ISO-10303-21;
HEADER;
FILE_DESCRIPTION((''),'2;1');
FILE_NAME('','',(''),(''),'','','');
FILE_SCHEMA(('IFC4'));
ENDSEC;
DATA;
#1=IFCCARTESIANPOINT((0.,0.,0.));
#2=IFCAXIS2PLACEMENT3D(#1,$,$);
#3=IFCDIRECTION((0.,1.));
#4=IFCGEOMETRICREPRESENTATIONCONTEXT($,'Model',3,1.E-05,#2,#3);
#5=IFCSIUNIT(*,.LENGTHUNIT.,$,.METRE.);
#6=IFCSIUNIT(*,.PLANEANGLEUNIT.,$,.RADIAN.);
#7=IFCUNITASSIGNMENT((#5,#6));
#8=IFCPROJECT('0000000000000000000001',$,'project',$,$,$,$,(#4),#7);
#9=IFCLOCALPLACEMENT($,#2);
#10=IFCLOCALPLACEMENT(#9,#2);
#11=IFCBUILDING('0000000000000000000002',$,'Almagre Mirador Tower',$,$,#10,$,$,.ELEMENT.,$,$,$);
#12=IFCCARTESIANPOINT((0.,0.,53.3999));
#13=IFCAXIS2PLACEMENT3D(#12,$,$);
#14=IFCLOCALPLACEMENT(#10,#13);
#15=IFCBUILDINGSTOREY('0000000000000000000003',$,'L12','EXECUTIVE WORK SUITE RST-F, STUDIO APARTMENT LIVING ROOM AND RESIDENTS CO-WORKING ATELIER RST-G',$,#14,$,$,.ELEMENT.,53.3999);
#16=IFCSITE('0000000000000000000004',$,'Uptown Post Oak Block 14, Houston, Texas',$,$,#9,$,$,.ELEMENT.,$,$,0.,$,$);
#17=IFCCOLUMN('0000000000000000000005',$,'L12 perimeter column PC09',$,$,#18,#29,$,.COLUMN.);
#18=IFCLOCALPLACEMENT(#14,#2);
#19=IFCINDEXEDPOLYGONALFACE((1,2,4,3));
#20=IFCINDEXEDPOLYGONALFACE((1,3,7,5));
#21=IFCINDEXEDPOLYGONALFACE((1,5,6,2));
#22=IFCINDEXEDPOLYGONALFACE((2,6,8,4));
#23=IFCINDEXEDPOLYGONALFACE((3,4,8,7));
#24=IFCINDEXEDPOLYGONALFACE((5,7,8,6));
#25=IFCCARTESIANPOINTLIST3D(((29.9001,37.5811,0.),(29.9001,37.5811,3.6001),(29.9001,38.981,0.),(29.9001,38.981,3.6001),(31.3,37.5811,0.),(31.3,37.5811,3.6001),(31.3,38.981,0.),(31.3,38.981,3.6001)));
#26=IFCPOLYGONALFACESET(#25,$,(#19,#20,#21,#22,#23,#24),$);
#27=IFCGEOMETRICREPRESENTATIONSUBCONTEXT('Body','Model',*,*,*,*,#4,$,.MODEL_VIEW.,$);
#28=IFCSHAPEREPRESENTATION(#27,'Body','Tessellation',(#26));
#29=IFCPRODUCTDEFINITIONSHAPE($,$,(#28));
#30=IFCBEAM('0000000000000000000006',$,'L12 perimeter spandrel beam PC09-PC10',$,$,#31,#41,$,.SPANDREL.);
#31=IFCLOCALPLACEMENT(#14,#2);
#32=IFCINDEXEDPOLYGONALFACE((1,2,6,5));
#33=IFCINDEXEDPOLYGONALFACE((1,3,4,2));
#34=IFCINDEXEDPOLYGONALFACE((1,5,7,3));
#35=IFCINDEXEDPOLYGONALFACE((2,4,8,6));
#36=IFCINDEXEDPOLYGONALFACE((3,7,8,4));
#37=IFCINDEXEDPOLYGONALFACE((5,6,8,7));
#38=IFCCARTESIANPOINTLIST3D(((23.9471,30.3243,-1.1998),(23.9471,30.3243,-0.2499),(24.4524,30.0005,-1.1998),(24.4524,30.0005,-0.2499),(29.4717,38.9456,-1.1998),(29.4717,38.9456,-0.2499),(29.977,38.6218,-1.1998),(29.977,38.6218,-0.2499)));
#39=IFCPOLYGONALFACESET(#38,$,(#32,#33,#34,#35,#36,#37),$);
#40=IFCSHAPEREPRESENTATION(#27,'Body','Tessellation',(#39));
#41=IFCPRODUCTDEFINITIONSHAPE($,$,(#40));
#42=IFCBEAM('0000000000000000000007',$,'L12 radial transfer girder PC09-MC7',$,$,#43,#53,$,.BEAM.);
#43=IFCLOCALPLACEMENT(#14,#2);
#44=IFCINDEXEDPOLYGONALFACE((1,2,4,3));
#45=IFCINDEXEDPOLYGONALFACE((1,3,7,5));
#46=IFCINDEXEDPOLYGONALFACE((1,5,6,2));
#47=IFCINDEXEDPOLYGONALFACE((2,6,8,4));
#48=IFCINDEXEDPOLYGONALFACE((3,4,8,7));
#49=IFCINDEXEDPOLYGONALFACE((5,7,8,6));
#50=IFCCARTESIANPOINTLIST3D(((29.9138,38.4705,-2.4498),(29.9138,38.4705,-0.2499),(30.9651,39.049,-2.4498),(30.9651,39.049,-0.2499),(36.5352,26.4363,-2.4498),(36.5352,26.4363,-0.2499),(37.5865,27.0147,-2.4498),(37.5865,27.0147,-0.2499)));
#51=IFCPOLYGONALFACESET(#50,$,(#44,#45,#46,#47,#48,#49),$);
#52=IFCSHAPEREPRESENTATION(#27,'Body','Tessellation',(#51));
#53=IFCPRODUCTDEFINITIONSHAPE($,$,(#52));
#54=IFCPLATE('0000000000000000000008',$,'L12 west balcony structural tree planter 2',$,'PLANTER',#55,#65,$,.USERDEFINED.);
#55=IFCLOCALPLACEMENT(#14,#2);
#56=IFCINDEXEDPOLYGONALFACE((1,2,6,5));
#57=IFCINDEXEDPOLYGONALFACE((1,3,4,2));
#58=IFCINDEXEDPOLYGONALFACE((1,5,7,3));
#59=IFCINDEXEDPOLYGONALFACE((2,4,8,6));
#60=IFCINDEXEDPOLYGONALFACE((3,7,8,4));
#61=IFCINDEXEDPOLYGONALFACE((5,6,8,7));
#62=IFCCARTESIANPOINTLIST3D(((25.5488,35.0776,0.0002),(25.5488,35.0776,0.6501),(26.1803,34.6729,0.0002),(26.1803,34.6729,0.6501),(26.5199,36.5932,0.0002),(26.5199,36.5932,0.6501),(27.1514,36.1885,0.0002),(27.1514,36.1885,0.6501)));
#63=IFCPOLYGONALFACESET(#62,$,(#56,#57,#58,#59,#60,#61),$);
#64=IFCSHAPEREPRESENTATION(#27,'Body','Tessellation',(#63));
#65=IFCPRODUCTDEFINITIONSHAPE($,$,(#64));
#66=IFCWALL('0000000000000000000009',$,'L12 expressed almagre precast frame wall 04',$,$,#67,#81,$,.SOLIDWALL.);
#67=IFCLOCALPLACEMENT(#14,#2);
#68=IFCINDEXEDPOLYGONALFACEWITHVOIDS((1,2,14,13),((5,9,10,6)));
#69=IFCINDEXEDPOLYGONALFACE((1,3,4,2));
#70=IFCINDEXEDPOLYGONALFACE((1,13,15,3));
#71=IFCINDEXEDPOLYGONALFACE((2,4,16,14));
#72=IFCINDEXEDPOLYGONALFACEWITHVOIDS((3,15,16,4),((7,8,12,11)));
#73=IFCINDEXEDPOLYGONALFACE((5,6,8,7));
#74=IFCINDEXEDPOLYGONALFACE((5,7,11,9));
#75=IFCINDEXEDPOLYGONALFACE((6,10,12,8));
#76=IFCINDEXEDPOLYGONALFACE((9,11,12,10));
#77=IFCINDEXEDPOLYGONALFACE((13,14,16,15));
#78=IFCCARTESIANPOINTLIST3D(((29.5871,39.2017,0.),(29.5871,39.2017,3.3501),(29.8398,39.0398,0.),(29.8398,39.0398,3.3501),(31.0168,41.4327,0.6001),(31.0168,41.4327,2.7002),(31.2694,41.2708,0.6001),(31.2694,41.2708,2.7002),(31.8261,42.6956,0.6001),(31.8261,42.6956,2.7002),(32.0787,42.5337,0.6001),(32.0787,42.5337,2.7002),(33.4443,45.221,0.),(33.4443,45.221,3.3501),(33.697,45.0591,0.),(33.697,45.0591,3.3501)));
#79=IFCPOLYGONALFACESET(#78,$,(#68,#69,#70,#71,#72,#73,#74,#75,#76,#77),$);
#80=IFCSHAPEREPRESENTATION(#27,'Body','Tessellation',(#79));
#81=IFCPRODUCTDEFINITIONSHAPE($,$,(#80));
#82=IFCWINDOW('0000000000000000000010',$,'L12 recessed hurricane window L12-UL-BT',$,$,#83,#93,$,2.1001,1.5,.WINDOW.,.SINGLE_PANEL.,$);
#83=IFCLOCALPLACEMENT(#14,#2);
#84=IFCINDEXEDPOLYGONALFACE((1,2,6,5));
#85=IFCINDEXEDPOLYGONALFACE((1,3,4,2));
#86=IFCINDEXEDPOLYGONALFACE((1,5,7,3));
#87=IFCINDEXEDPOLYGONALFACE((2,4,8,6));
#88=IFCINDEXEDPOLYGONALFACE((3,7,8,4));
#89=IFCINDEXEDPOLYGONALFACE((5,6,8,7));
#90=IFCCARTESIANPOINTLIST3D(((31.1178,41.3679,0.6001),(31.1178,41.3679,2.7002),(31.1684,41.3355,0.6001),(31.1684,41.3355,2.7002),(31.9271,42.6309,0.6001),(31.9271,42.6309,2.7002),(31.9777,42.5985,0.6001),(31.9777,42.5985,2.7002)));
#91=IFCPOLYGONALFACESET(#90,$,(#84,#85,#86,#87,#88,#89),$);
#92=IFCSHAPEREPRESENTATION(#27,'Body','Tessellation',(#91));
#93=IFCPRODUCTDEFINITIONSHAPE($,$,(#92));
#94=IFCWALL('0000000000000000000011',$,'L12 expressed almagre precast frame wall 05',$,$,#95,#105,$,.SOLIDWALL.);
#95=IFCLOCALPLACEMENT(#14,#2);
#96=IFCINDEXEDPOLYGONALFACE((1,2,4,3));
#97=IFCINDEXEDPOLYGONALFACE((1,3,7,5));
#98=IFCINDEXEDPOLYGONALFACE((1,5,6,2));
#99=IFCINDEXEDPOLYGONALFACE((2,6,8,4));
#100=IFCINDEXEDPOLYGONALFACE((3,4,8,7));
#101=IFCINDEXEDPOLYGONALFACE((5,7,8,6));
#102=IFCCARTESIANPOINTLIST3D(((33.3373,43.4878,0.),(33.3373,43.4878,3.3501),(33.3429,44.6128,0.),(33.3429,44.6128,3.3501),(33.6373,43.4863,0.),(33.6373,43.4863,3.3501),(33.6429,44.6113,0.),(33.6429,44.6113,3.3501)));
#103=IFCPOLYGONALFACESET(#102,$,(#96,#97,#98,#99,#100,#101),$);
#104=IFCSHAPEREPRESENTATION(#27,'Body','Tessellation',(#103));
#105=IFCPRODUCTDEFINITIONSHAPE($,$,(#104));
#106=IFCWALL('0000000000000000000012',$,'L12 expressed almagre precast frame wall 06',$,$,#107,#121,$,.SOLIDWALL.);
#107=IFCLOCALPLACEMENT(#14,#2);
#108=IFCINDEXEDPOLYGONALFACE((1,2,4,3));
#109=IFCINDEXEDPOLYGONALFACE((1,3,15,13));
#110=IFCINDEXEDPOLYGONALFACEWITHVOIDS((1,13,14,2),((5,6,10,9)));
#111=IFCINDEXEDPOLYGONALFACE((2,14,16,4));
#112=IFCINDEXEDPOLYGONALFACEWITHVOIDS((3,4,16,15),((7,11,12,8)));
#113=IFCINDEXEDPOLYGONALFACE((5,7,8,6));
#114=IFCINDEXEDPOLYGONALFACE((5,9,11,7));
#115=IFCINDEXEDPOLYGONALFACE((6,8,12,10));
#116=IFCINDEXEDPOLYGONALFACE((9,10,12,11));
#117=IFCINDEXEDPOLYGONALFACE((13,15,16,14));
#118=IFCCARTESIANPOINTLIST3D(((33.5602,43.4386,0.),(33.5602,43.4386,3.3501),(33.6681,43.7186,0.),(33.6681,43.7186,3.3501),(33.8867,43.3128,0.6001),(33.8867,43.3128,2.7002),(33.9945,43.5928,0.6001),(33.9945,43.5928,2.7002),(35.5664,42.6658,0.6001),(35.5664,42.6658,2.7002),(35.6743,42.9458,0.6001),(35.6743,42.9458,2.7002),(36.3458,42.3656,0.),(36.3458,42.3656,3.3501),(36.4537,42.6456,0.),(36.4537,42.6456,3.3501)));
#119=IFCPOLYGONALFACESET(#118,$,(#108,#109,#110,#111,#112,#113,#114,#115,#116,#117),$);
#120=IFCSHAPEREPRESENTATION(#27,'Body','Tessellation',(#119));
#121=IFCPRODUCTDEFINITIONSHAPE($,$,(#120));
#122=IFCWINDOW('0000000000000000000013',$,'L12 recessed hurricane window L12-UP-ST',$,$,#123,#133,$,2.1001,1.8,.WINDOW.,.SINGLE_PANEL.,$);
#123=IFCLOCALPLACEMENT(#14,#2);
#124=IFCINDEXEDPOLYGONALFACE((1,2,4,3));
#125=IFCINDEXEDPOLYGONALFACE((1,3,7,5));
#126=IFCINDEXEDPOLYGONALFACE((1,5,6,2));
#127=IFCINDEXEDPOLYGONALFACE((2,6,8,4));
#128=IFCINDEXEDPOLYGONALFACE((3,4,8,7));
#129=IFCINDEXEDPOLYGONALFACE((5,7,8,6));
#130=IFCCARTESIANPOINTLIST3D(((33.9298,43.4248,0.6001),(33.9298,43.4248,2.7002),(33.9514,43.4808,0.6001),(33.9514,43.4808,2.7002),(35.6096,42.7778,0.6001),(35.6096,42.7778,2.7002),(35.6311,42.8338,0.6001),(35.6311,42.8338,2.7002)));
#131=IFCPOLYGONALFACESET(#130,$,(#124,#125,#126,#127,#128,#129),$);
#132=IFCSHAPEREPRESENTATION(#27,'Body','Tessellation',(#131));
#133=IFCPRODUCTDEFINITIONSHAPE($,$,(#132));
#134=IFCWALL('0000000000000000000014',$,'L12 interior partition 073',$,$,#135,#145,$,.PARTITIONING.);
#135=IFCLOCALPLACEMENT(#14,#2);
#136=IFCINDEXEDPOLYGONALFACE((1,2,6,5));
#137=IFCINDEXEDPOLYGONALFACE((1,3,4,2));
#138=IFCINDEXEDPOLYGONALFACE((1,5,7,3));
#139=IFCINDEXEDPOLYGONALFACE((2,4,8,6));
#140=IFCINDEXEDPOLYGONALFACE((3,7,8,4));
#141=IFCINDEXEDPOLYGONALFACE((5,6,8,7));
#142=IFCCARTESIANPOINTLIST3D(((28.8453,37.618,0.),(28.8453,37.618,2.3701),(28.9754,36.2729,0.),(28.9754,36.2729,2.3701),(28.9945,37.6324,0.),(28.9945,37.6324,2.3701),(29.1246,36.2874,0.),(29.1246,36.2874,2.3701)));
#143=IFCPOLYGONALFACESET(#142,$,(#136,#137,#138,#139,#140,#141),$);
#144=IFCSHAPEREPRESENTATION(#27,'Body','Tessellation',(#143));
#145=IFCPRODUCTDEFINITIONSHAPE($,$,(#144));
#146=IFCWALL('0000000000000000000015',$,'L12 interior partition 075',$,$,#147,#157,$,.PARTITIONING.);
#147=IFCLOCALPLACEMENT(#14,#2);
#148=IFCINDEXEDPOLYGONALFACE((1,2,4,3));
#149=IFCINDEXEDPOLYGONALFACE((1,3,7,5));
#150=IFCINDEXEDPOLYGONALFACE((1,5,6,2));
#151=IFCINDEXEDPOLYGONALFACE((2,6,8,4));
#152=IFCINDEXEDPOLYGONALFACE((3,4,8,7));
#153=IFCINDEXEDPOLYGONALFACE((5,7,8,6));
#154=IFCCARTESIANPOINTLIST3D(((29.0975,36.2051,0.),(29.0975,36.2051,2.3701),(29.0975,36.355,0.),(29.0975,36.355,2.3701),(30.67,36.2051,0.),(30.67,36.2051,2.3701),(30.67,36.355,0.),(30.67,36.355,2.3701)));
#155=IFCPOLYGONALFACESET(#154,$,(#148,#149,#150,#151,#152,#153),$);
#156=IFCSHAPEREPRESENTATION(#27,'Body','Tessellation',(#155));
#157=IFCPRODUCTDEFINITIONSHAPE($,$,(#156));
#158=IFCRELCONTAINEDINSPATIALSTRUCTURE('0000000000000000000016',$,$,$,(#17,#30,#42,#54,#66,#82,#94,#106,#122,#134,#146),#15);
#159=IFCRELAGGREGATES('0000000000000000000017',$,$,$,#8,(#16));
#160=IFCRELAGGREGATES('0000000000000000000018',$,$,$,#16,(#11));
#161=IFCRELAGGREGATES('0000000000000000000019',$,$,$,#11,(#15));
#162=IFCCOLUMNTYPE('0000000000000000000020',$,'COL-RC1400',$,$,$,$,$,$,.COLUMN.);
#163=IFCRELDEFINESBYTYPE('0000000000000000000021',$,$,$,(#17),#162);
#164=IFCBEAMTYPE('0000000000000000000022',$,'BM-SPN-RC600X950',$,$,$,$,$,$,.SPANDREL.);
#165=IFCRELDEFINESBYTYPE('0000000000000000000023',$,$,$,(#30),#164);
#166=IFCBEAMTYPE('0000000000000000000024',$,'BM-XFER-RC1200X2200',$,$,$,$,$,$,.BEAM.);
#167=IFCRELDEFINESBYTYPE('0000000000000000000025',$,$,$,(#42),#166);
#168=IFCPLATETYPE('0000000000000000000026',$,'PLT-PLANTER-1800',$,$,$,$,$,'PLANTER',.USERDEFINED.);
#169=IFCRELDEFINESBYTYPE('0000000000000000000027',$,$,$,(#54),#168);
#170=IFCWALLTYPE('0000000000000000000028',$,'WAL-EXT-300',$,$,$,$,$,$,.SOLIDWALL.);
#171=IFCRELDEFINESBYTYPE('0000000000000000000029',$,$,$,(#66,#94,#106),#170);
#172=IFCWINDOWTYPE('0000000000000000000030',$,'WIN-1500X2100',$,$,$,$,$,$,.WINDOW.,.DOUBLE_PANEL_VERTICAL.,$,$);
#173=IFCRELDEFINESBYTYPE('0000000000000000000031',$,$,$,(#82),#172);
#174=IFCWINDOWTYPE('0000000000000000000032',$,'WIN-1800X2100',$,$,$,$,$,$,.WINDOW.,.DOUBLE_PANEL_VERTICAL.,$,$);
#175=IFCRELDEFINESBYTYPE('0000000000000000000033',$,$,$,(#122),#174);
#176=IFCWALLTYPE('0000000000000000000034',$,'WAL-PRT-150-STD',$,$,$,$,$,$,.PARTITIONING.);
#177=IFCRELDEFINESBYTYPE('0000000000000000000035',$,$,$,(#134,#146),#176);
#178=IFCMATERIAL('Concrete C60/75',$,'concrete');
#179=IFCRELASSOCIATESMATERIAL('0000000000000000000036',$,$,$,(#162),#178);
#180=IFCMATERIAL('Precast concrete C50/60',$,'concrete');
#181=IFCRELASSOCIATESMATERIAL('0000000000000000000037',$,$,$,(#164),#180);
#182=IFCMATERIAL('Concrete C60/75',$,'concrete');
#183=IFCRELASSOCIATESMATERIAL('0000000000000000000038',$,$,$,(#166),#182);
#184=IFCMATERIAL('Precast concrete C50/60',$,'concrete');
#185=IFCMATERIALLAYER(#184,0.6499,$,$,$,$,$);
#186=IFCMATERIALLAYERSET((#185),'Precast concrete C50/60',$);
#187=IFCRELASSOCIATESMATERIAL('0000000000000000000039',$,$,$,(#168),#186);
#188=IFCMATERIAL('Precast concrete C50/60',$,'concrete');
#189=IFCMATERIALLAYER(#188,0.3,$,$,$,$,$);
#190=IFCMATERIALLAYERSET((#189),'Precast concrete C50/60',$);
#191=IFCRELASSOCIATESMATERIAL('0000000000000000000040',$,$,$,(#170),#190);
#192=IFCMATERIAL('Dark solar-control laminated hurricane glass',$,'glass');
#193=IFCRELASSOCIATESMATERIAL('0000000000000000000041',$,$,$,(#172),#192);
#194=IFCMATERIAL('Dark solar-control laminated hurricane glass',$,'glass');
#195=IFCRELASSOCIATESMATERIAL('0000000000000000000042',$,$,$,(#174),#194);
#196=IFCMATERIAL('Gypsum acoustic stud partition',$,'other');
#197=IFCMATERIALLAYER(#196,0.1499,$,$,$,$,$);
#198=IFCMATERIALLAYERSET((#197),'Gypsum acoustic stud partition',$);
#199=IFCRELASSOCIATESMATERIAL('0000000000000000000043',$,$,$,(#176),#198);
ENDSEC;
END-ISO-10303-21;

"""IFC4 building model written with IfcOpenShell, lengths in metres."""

from ifc_helpers import new_model, si_unit, direction, frame, frame_2d, origin, origin_2d, place, context, subcontext, project, spatial, rectangle, extrude, material, layer, layer_set, material_profile, profile_set, type_object, element, fill, save


model = new_model("IFC4")

# Units and contexts
model_context = context("Model", 3, precision=1e-05, world=origin(), true_north=direction((0.0, 1.0)))
body_context = subcontext(model_context, "Body", "Model", "MODEL_VIEW")
ifc_project = project(units=[si_unit("LENGTHUNIT", "METRE"), si_unit("PLANEANGLEUNIT", "RADIAN")], contexts=[model_context])

# Site, building, storey
site_placement = place(None, origin())
site = spatial("IfcSite", under=ifc_project, at=site_placement, Name="Uptown Post Oak Block 14, Houston, Texas", CompositionType="ELEMENT", RefElevation=0.0)
building_placement = place(site_placement, origin())
building = spatial("IfcBuilding", under=site, at=building_placement, Name="Almagre Mirador Tower", CompositionType="ELEMENT")
storey_placement = place(building_placement, frame((0.0, 0.0, 53.3999)))
storey = spatial("IfcBuildingStorey", under=building, at=storey_placement, Name="L12", Description="EXECUTIVE WORK SUITE RST-F, STUDIO APARTMENT LIVING ROOM AND RESIDENTS CO-WORKING ATELIER RST-G", CompositionType="ELEMENT", Elevation=53.3999)

# Column
ifc_material_1 = material(Name="Concrete C60/75", Category="concrete")
ifc_material_profile_1 = material_profile(ifc_material_1, rectangle(XDim=1.3999, YDim=1.3999, at=origin_2d()), Name="RC1400X1400")
ifc_profile_set_1 = profile_set([ifc_material_profile_1], Name="Concrete C60/75")
column_type = type_object("IfcColumnType", Name="COL-RC1400", PredefinedType="COLUMN", material=ifc_profile_set_1)
column_placement = place(storey_placement, frame((30.6001, 38.281, 0.0), z_axis=(0.0, 0.0, 1.0), x_axis=(1.0, 0.0, 0.0)))
element("IfcColumn", 1, at=column_placement, inside=storey, type_object=column_type, Name="L12 perimeter column PC09", PredefinedType="COLUMN", context=body_context, shape_type="SweptSolid", body=[
    extrude(rectangle(XDim=1.3999, YDim=1.3999, at=origin_2d()), origin(), (0.0, 0.0, 1.0), 3.6001),
])

# Beams
ifc_material_2 = material(Name="Precast concrete C50/60", Category="concrete")
ifc_material_profile_2 = material_profile(ifc_material_2, rectangle(XDim=0.6001, YDim=0.95, at=origin_2d()), Name="RC600X950")
ifc_profile_set_2 = profile_set([ifc_material_profile_2], Name="Precast concrete C50/60")
beam_type_1 = type_object("IfcBeamType", Name="BM-SPN-RC600X950", PredefinedType="SPANDREL", material=ifc_profile_set_2)
beam_1_placement = place(storey_placement, frame((29.7244, 38.7837, -0.7249), z_axis=(-0.539539, -0.841961, 0.0), x_axis=(0.841961, -0.539539, 0.0)))
element("IfcBeam", 2, at=beam_1_placement, inside=storey, type_object=beam_type_1, Name="L12 perimeter spandrel beam PC09-PC10", PredefinedType="SPANDREL", context=body_context, shape_type="SweptSolid", body=[
    extrude(rectangle(XDim=0.6001, YDim=0.95, at=origin_2d()), origin(), (0.0, 0.0, 1.0), 10.2395),
])
ifc_material_3 = material(Name="Concrete C60/75", Category="concrete")
ifc_material_profile_3 = material_profile(ifc_material_3, rectangle(XDim=1.2, YDim=2.2, at=origin_2d()), Name="RC1200X2200")
ifc_profile_set_3 = profile_set([ifc_material_profile_3], Name="Concrete C60/75")
beam_type_2 = type_object("IfcBeamType", Name="BM-XFER-RC1200X2200", PredefinedType="BEAM", material=ifc_profile_set_3)
beam_2_placement = place(storey_placement, frame((30.4395, 38.7598, -1.3499), z_axis=(0.482061, -0.876138, 0.0), x_axis=(0.876138, 0.482061, 0.0)))
element("IfcBeam", 3, at=beam_2_placement, inside=storey, type_object=beam_type_2, Name="L12 radial transfer girder PC09-MC7", PredefinedType="BEAM", context=body_context, shape_type="SweptSolid", body=[
    extrude(rectangle(XDim=1.2, YDim=2.2, at=origin_2d()), origin(), (0.0, 0.0, 1.0), 13.7356),
])

# Plate
ifc_material_4 = material(Name="Precast concrete C50/60", Category="concrete")
ifc_layer_1 = layer(ifc_material_4, 0.6499)
ifc_layer_set_1 = layer_set([ifc_layer_1], Name="Precast concrete C50/60")
plate_type = type_object("IfcPlateType", Name="PLT-PLANTER-1800", ElementType="PLANTER", PredefinedType="USERDEFINED", material=ifc_layer_set_1)
plate_placement = place(storey_placement, frame((26.3501, 35.6331, 0.0002), z_axis=(0.0, 0.0, 1.0), x_axis=(-0.539506, -0.841982, 0.0)))
element("IfcPlate", 4, at=plate_placement, inside=storey, type_object=plate_type, Name="L12 west balcony structural tree planter 2", ObjectType="PLANTER", PredefinedType="USERDEFINED", context=body_context, shape_type="SweptSolid", body=[
    extrude(rectangle(XDim=1.8, YDim=0.75, at=origin_2d()), origin(), (0.0, 0.0, 1.0), 0.6499),
])

# Wall, opening, window
ifc_material_5 = material(Name="Precast concrete C50/60", Category="concrete")
ifc_layer_2 = layer(ifc_material_5, 0.3)
ifc_layer_set_2 = layer_set([ifc_layer_2], Name="Precast concrete C50/60")
wall_type_1 = type_object("IfcWallType", Name="WAL-EXT-300", PredefinedType="SOLIDWALL", material=ifc_layer_set_2)
wall_1_placement = place(storey_placement, frame((29.7134, 39.1206, 0.0), z_axis=(0.0, 0.0, 1.0), x_axis=(0.539533, 0.841964, 0.0)))
wall_1 = element("IfcWall", 5, at=wall_1_placement, inside=storey, type_object=wall_type_1, Name="L12 expressed almagre precast frame wall 04", PredefinedType="SOLIDWALL", context=body_context, shape_type="SweptSolid", body=[
    extrude(rectangle(XDim=7.1492, YDim=0.3, at=frame_2d((3.5747, 0.0))), origin(), (0.0, 0.0, 1.0), 3.3501),
])
opening_1_placement = place(wall_1_placement, frame((2.6499, 0.0, 0.6001)))
opening_1 = element("IfcOpeningElement", 6, at=opening_1_placement, cuts=wall_1, PredefinedType="OPENING", context=body_context, shape_type="SweptSolid", body=[
    extrude(rectangle(XDim=1.5, YDim=2.1001, at=frame_2d((0.75, 1.05))), frame((0.0, 0.1599, 0.0), z_axis=(0.0, -1.0, 0.0), x_axis=(1.0, 0.0, 0.0)), (0.0, 0.0, 1.0), 0.32),
])
ifc_material_6 = material(Name="Dark solar-control laminated hurricane glass", Category="glass")
window_type_1 = type_object("IfcWindowType", Name="WIN-1500X2100", PartitioningType="DOUBLE_PANEL_VERTICAL", PredefinedType="WINDOW", material=ifc_material_6)
window_1_placement = place(opening_1_placement, origin())
window_1 = element("IfcWindow", 7, at=window_1_placement, inside=storey, type_object=window_type_1, Name="L12 recessed hurricane window L12-UL-BT", OverallHeight=2.1001, OverallWidth=1.5, PartitioningType="SINGLE_PANEL", PredefinedType="WINDOW", context=body_context, shape_type="SweptSolid", body=[
    extrude(rectangle(XDim=1.5, YDim=2.1001, at=frame_2d((0.75, 1.05))), frame((0.0, 0.03, 0.0), z_axis=(0.0, -1.0, 0.0), x_axis=(1.0, 0.0, 0.0)), (0.0, 0.0, 1.0), 0.0601),
])
fill(opening_1, window_1)

# Wall
wall_2_placement = place(storey_placement, frame((33.4929, 44.6121, 0.0), z_axis=(0.0, 0.0, 1.0), x_axis=(-0.004991, -0.999988, 0.0)))
element("IfcWall", 8, at=wall_2_placement, inside=storey, type_object=wall_type_1, Name="L12 expressed almagre precast frame wall 05", PredefinedType="SOLIDWALL", context=body_context, shape_type="SweptSolid", body=[
    extrude(rectangle(XDim=1.125, YDim=0.3, at=frame_2d((0.5625, 0.0))), origin(), (0.0, 0.0, 1.0), 3.3501),
])

# Wall, opening, window
wall_3_placement = place(storey_placement, frame((33.614, 43.5786, 0.0), z_axis=(0.0, 0.0, 1.0), x_axis=(0.933166, -0.359445, 0.0)))
wall_3 = element("IfcWall", 9, at=wall_3_placement, inside=storey, type_object=wall_type_1, Name="L12 expressed almagre precast frame wall 06", PredefinedType="SOLIDWALL", context=body_context, shape_type="SweptSolid", body=[
    extrude(rectangle(XDim=2.9851, YDim=0.3, at=frame_2d((1.4927, 0.0))), origin(), (0.0, 0.0, 1.0), 3.3501),
])
opening_2_placement = place(wall_3_placement, frame((0.3501, 0.0, 0.6001)))
opening_2 = element("IfcOpeningElement", 10, at=opening_2_placement, cuts=wall_3, PredefinedType="OPENING", context=body_context, shape_type="SweptSolid", body=[
    extrude(rectangle(XDim=1.8, YDim=2.1001, at=frame_2d((0.8999, 1.05))), frame((0.0, 0.1599, 0.0), z_axis=(0.0, -1.0, 0.0), x_axis=(1.0, 0.0, 0.0)), (0.0, 0.0, 1.0), 0.32),
])
ifc_material_7 = material(Name="Dark solar-control laminated hurricane glass", Category="glass")
window_type_2 = type_object("IfcWindowType", Name="WIN-1800X2100", PartitioningType="DOUBLE_PANEL_VERTICAL", PredefinedType="WINDOW", material=ifc_material_7)
window_2_placement = place(opening_2_placement, origin())
window_2 = element("IfcWindow", 11, at=window_2_placement, inside=storey, type_object=window_type_2, Name="L12 recessed hurricane window L12-UP-ST", OverallHeight=2.1001, OverallWidth=1.8, PartitioningType="SINGLE_PANEL", PredefinedType="WINDOW", context=body_context, shape_type="SweptSolid", body=[
    extrude(rectangle(XDim=1.8, YDim=2.1001, at=frame_2d((0.8999, 1.05))), frame((0.0, 0.03, 0.0), z_axis=(0.0, -1.0, 0.0), x_axis=(1.0, 0.0, 0.0)), (0.0, 0.0, 1.0), 0.0601),
])
fill(opening_2, window_2)

# Walls
ifc_material_8 = material(Name="Gypsum acoustic stud partition", Category="other")
ifc_layer_3 = layer(ifc_material_8, 0.1499)
ifc_layer_set_3 = layer_set([ifc_layer_3], Name="Gypsum acoustic stud partition")
wall_type_2 = type_object("IfcWallType", Name="WAL-PRT-150-STD", PredefinedType="PARTITIONING", material=ifc_layer_set_3)
wall_4_placement = place(storey_placement, frame((29.05, 36.28, 0.0), z_axis=(0.0, 0.0, 1.0), x_axis=(-0.096301, 0.995352, 0.0)))
element("IfcWall", 12, at=wall_4_placement, inside=storey, type_object=wall_type_2, Name="L12 interior partition 073", PredefinedType="PARTITIONING", context=body_context, shape_type="SweptSolid", body=[
    extrude(rectangle(XDim=1.3513, YDim=0.1499, at=frame_2d((0.6758, 0.0))), origin(), (0.0, 0.0, 1.0), 2.3701),
])
wall_5_placement = place(storey_placement, frame((30.6699, 36.28, 0.0), z_axis=(0.0, 0.0, 1.0), x_axis=(-1.0, 0.0, 0.0)))
element("IfcWall", 13, at=wall_5_placement, inside=storey, type_object=wall_type_2, Name="L12 interior partition 075", PredefinedType="PARTITIONING", context=body_context, shape_type="SweptSolid", body=[
    extrude(rectangle(XDim=1.5725, YDim=0.1499, at=frame_2d((0.7861, 0.0))), origin(), (0.0, 0.0, 1.0), 2.3701),
])

save(model, "model.ifc")
